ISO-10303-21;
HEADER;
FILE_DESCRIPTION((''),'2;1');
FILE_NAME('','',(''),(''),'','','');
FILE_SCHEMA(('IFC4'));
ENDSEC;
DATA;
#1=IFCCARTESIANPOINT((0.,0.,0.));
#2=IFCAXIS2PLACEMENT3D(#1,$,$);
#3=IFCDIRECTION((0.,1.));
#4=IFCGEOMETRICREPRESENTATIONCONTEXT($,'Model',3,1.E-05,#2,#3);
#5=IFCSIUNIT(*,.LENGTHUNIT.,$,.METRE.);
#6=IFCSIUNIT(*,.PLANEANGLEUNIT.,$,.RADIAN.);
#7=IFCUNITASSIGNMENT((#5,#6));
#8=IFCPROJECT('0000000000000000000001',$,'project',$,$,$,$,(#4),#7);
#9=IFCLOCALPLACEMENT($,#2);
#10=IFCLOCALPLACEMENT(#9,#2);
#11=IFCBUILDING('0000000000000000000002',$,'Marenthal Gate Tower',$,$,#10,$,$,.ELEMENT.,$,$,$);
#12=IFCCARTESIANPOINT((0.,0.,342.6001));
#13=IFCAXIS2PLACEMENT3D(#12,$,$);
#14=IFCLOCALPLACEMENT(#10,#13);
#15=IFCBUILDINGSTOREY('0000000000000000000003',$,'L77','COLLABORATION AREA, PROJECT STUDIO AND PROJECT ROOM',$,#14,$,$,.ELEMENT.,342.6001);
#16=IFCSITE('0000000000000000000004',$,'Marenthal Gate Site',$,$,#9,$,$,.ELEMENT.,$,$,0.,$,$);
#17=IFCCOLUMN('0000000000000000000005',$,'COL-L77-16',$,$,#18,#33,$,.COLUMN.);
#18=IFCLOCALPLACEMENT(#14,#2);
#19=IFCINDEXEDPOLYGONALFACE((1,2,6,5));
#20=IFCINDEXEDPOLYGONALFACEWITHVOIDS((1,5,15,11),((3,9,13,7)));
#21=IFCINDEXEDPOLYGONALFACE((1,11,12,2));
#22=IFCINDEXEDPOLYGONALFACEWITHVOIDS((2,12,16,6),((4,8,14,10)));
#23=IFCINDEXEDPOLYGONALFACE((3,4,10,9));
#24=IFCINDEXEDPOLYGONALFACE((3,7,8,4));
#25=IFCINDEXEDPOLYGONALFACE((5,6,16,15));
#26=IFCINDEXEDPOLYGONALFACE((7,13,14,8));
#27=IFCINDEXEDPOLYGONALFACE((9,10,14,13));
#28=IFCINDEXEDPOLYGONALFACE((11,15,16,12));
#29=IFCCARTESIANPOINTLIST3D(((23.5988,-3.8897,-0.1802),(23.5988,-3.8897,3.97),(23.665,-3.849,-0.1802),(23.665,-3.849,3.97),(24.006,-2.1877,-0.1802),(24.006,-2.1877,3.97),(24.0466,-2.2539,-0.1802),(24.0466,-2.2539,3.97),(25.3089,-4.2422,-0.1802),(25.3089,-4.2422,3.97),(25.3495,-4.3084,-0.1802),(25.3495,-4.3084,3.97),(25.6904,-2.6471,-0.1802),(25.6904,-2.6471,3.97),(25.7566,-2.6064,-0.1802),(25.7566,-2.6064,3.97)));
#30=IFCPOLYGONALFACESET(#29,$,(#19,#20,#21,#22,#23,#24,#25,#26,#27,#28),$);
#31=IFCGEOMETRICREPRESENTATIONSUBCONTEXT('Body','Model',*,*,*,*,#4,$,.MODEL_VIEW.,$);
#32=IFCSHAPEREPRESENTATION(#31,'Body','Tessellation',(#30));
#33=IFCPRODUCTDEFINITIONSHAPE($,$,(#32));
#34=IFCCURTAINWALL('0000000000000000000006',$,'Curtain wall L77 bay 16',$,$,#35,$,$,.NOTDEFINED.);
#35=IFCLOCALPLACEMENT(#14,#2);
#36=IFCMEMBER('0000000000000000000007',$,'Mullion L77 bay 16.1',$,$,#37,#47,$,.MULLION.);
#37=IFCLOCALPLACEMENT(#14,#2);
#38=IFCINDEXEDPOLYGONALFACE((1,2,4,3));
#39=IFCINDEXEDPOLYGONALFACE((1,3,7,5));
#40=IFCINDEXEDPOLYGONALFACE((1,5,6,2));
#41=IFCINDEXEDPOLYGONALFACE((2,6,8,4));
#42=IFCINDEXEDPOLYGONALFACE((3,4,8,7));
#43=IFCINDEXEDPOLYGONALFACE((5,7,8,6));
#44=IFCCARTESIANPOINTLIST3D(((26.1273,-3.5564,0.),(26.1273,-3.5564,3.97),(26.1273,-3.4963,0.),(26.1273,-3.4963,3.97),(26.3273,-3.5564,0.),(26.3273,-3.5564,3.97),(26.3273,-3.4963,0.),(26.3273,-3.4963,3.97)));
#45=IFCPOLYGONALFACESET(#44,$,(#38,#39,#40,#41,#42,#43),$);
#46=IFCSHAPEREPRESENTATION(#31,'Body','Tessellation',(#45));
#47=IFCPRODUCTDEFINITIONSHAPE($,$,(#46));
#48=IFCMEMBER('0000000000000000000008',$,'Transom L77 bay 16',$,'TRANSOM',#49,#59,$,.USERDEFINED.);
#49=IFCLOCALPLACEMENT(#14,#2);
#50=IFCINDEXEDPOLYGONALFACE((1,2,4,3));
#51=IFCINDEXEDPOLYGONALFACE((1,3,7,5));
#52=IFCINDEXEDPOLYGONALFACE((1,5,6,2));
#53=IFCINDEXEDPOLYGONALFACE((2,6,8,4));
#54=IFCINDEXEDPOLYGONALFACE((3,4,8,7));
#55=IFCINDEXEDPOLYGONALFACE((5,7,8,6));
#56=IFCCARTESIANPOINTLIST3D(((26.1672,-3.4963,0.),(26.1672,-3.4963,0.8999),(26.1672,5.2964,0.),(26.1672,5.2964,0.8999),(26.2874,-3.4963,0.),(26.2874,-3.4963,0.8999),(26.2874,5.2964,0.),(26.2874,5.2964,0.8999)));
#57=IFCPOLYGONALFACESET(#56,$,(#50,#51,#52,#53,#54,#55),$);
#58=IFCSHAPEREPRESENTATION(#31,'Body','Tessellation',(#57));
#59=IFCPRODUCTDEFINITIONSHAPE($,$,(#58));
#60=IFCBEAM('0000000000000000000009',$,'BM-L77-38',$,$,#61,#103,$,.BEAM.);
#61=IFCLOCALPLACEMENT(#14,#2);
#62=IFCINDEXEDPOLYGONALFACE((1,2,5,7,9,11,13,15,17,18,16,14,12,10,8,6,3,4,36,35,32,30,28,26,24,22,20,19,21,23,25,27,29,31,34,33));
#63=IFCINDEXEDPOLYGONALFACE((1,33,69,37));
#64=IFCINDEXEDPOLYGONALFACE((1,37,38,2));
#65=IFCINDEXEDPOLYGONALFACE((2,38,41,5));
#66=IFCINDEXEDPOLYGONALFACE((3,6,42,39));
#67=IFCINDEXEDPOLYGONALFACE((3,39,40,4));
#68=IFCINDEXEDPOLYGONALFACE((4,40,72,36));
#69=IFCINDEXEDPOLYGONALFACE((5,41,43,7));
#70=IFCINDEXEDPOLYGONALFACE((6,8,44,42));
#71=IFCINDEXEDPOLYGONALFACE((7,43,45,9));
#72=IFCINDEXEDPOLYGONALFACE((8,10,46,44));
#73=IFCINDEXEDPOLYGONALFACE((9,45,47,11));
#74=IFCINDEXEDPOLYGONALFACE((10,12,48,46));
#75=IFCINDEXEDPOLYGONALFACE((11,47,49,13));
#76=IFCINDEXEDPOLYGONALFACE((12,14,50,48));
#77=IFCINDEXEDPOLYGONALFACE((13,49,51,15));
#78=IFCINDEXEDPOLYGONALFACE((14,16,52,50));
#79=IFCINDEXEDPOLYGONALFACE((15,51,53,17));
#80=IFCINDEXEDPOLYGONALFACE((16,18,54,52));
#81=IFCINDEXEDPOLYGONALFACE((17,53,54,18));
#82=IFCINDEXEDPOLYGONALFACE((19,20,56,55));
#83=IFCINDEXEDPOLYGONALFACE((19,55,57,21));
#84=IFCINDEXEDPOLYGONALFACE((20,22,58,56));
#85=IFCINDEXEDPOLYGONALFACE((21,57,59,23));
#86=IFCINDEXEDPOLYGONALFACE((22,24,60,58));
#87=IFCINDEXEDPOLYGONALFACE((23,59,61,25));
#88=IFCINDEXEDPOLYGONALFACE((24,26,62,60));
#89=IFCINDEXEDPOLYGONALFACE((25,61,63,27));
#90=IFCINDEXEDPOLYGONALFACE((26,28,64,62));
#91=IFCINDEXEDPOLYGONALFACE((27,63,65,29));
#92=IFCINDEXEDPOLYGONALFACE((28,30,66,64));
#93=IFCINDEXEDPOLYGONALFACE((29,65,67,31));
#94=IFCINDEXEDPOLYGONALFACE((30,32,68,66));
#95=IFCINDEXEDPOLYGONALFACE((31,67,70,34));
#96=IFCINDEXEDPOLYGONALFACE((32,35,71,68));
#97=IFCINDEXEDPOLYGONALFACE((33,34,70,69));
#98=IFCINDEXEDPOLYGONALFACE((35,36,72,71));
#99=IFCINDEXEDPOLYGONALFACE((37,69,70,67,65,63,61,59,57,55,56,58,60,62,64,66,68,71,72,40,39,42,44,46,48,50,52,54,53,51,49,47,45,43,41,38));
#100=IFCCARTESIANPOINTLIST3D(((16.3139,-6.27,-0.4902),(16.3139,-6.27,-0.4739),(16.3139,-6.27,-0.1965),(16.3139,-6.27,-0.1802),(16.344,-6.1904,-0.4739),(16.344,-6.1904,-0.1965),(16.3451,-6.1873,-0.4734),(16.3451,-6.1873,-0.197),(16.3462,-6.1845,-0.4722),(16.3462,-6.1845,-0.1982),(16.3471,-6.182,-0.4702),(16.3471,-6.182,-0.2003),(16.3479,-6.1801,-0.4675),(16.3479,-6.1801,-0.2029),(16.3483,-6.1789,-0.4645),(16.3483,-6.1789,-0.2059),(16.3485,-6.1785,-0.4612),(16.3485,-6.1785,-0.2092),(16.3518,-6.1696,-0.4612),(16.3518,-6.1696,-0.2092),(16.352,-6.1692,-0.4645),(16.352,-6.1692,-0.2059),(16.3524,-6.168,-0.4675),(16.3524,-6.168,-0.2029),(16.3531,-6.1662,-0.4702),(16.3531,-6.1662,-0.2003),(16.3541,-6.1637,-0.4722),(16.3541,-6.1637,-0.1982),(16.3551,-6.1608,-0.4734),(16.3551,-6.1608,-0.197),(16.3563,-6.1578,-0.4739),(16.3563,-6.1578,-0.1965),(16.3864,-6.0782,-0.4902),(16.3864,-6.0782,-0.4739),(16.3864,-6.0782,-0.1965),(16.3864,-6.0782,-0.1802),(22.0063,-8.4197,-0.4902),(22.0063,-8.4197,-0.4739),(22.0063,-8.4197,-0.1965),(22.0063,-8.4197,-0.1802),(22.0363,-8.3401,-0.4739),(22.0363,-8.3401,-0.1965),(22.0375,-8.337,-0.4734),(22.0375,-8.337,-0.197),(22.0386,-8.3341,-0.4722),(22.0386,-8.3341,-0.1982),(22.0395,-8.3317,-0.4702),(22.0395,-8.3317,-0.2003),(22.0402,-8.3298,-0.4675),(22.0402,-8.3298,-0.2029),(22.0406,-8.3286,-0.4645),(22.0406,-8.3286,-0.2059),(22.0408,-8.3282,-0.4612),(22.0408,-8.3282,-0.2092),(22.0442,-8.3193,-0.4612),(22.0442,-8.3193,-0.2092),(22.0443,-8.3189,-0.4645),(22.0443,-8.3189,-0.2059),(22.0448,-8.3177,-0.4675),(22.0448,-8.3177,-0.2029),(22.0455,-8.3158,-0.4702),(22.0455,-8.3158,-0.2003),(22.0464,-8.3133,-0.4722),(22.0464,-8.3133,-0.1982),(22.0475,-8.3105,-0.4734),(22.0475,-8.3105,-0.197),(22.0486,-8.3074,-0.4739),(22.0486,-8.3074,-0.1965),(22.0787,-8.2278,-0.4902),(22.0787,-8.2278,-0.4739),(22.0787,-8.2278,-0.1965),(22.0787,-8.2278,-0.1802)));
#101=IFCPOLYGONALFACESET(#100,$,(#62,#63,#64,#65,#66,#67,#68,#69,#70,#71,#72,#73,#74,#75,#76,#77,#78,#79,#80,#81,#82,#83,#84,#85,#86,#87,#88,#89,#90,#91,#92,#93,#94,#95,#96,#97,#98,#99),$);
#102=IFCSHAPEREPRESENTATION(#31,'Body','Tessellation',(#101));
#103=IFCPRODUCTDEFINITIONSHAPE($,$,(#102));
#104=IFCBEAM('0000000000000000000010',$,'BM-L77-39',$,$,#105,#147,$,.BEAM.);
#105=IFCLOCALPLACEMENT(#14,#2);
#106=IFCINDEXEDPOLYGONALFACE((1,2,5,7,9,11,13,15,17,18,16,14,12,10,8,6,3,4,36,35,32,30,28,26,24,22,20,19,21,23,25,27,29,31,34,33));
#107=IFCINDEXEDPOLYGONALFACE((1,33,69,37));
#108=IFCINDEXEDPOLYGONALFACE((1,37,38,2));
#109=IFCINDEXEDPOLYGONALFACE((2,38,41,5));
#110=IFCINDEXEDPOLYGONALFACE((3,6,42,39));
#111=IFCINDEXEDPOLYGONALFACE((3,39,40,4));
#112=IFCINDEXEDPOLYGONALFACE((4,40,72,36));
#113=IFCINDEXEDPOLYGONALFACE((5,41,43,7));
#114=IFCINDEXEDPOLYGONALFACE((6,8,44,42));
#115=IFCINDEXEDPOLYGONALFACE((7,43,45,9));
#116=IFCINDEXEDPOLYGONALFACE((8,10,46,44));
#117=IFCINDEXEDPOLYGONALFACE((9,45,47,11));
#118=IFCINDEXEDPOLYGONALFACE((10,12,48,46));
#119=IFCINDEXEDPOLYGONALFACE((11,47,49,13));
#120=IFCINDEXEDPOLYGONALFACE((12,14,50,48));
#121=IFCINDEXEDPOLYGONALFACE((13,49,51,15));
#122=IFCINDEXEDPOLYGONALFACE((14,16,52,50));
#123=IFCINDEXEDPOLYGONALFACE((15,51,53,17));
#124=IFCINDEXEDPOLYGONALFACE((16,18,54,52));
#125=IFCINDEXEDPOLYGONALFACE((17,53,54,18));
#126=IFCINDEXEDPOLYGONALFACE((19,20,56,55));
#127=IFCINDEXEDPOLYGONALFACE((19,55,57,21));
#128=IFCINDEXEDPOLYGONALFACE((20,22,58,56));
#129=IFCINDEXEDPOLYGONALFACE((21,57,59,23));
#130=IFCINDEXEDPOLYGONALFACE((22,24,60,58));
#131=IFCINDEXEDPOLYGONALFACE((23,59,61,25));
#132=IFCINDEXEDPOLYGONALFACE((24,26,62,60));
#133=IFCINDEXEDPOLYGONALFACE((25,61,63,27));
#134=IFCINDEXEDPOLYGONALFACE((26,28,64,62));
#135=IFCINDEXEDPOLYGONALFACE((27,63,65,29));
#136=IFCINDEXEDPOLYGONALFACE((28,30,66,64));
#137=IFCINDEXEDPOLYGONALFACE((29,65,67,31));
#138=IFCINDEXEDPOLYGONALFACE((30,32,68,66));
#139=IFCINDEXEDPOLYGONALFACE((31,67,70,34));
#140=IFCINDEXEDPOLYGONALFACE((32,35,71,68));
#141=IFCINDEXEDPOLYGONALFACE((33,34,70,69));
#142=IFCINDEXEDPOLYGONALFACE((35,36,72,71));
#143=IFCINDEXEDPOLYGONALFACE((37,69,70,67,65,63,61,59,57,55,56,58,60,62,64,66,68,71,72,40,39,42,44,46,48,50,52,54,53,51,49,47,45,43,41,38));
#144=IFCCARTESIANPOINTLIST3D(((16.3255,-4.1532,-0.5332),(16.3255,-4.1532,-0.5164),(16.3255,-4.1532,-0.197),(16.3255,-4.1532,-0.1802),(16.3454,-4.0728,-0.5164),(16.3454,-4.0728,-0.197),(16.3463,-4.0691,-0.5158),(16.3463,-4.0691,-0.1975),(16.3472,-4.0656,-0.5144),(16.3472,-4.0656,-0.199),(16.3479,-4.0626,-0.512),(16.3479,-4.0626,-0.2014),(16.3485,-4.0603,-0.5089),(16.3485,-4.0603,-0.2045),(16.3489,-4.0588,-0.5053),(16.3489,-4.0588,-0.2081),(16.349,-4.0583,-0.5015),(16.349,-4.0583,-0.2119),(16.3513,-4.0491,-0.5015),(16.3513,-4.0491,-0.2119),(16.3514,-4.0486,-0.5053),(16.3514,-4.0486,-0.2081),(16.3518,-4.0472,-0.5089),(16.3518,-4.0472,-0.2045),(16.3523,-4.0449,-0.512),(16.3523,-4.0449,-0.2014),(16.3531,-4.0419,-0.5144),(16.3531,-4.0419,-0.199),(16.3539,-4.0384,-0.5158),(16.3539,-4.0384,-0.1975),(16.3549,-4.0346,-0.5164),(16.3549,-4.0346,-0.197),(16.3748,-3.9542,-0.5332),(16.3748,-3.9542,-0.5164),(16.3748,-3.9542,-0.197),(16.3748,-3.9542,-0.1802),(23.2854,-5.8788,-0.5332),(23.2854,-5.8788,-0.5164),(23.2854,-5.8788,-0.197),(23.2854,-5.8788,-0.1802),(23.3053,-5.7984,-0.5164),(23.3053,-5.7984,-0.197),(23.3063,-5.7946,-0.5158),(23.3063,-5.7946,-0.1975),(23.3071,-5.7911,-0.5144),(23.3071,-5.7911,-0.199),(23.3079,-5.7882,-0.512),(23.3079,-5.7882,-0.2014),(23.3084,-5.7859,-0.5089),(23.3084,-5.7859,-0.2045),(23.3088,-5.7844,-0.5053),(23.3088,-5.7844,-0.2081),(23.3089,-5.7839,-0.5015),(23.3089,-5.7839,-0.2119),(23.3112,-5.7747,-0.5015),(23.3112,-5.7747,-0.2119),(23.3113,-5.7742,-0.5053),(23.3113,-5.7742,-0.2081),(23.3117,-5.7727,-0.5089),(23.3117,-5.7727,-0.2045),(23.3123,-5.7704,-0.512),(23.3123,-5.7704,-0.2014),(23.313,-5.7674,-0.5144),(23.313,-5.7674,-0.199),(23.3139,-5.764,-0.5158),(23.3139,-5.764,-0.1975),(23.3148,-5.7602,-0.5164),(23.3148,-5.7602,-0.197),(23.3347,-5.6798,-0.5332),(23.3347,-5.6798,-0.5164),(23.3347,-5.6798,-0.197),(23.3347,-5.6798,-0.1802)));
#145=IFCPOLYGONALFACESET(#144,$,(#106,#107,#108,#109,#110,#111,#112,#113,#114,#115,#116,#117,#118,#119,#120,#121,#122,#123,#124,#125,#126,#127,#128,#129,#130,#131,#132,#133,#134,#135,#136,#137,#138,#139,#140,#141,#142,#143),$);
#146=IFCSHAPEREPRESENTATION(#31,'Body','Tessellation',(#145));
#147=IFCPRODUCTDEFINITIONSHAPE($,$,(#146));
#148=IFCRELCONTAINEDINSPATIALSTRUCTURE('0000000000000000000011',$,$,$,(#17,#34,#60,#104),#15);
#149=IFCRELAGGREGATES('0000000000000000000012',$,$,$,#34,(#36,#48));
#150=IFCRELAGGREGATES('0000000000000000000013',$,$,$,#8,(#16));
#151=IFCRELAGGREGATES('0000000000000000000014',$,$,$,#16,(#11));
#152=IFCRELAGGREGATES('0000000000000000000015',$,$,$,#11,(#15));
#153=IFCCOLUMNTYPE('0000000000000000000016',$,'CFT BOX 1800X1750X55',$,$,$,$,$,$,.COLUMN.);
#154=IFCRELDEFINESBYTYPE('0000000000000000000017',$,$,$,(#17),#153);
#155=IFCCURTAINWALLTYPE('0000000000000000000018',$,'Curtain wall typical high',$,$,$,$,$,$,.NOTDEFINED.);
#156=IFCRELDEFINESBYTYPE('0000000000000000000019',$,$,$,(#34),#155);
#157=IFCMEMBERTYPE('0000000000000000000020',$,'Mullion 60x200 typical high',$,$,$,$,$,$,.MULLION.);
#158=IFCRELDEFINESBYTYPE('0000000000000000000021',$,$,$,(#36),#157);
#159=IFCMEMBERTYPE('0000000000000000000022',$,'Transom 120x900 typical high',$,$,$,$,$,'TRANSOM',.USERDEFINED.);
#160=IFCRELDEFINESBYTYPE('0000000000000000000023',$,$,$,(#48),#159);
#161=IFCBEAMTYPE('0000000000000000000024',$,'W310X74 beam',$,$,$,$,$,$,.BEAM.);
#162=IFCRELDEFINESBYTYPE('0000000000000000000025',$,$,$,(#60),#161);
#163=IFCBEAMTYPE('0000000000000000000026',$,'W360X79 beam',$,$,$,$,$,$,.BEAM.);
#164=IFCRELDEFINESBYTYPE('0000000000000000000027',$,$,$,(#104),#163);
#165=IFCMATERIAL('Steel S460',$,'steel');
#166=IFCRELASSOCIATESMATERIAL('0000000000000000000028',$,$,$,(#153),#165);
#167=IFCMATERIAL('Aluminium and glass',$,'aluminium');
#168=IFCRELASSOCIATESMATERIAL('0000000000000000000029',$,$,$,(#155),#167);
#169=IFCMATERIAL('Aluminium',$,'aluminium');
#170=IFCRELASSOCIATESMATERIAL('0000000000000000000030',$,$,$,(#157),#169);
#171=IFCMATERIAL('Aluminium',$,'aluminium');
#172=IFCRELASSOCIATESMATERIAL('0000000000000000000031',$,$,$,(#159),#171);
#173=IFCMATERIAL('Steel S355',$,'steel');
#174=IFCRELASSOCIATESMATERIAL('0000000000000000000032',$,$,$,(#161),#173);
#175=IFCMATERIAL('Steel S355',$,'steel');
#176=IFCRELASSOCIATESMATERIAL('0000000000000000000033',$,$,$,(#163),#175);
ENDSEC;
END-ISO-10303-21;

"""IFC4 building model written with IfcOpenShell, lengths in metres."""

from ifc_helpers import new_model, si_unit, direction, frame, origin, origin_2d, place, context, subcontext, project, spatial, rectangle, hollow_rectangle, i_section, extrude, material, material_profile, profile_set, type_object, element, aggregate, save


model = new_model("IFC4")

# Units and contexts
model_context = context("Model", 3, precision=1e-05, world=origin(), true_north=direction((0.0, 1.0)))
body_context = subcontext(model_context, "Body", "Model", "MODEL_VIEW")
ifc_project = project(units=[si_unit("LENGTHUNIT", "METRE"), si_unit("PLANEANGLEUNIT", "RADIAN")], contexts=[model_context])

# Site, building, storey
site_placement = place(None, origin())
site = spatial("IfcSite", under=ifc_project, at=site_placement, Name="Marenthal Gate Site", CompositionType="ELEMENT", RefElevation=0.0)
building_placement = place(site_placement, origin())
building = spatial("IfcBuilding", under=site, at=building_placement, Name="Marenthal Gate Tower", CompositionType="ELEMENT")
storey_placement = place(building_placement, frame((0.0, 0.0, 342.6001)))
storey = spatial("IfcBuildingStorey", under=building, at=storey_placement, Name="L77", Description="COLLABORATION AREA, PROJECT STUDIO AND PROJECT ROOM", CompositionType="ELEMENT", Elevation=342.6001)

# Column
ifc_material_1 = material(Name="Steel S460", Category="steel")
ifc_material_profile_1 = material_profile(ifc_material_1, hollow_rectangle(XDim=1.75, YDim=1.8, WallThickness=0.0549, at=origin_2d()), Name="CFT BOX 1800X1750X55")
ifc_material_2 = material(Name="Concrete 70 MPa", Category="concrete")
ifc_material_profile_2 = material_profile(ifc_material_2, rectangle(XDim=1.6399, YDim=1.6899, at=origin_2d()), Name="CFT BOX 1800X1750X55 INFILL")
ifc_profile_set_1 = profile_set([ifc_material_profile_1, ifc_material_profile_2], Name="Steel S460 shell, Concrete 70 MPa infill")
column_type = type_object("IfcColumnType", Name="CFT BOX 1800X1750X55", PredefinedType="COLUMN", material=ifc_profile_set_1)
column_placement = place(storey_placement, frame((24.6777, -3.248, -0.1802), z_axis=(0.0, 0.0, 1.0), x_axis=(-0.232643, -0.972562, 0.0)))
element("IfcColumn", 1, at=column_placement, inside=storey, type_object=column_type, Name="COL-L77-16", PredefinedType="COLUMN", context=body_context, shape_type="SweptSolid", body=[
    extrude(hollow_rectangle(XDim=1.75, YDim=1.8, WallThickness=0.0549, at=origin_2d()), origin(), (0.0, 0.0, 1.0), 4.1501),
])

# Curtain wall, members
ifc_material_3 = material(Name="Aluminium and glass", Category="aluminium")
curtain_wall_type = type_object("IfcCurtainWallType", Name="Curtain wall typical high", PredefinedType="NOTDEFINED", material=ifc_material_3)
curtain_wall_placement = place(storey_placement, origin())
curtain_wall = element("IfcCurtainWall", 2, at=curtain_wall_placement, inside=storey, type_object=curtain_wall_type, Name="Curtain wall L77 bay 16", PredefinedType="NOTDEFINED")
ifc_material_4 = material(Name="Aluminium", Category="aluminium")
ifc_material_profile_3 = material_profile(ifc_material_4, rectangle(XDim=0.2, YDim=0.0601, at=origin_2d()), Name="60x200 aluminium mullion")
ifc_profile_set_2 = profile_set([ifc_material_profile_3], Name="Aluminium")
member_type_1 = type_object("IfcMemberType", Name="Mullion 60x200 typical high", PredefinedType="MULLION", material=ifc_profile_set_2)
member_1_placement = place(storey_placement, frame((26.2273, -3.5264, 0.0), z_axis=(0.0, 0.0, 1.0), x_axis=(-1.0, 0.0, 0.0)))
member_1 = element("IfcMember", 3, at=member_1_placement, type_object=member_type_1, Name="Mullion L77 bay 16.1", PredefinedType="MULLION", context=body_context, shape_type="SweptSolid", body=[
    extrude(rectangle(XDim=0.2, YDim=0.0601, at=origin_2d()), origin(), (0.0, 0.0, 1.0), 3.97),
])
ifc_material_5 = material(Name="Aluminium", Category="aluminium")
ifc_material_profile_4 = material_profile(ifc_material_5, rectangle(XDim=0.1201, YDim=0.8999, at=origin_2d()), Name="120x900 aluminium transom")
ifc_profile_set_3 = profile_set([ifc_material_profile_4], Name="Aluminium")
member_type_2 = type_object("IfcMemberType", Name="Transom 120x900 typical high", ElementType="TRANSOM", PredefinedType="USERDEFINED", material=ifc_profile_set_3)
member_2_placement = place(storey_placement, frame((26.2273, -3.4963, 0.45), z_axis=(0.0, 1.0, 0.0), x_axis=(-1.0, 0.0, 0.0)))
member_2 = element("IfcMember", 4, at=member_2_placement, type_object=member_type_2, Name="Transom L77 bay 16", ObjectType="TRANSOM", PredefinedType="USERDEFINED", context=body_context, shape_type="SweptSolid", body=[
    extrude(rectangle(XDim=0.1201, YDim=0.8999, at=origin_2d()), origin(), (0.0, 0.0, 1.0), 8.7927),
])

# Beams
ifc_material_6 = material(Name="Steel S355", Category="steel")
ifc_material_profile_5 = material_profile(ifc_material_6, i_section(OverallWidth=0.2051, OverallDepth=0.3101, WebThickness=0.0095, FlangeThickness=0.0164, FilletRadius=0.0127, at=origin_2d()), Name="W310X74")
ifc_profile_set_4 = profile_set([ifc_material_profile_5], Name="Steel S355")
beam_type_1 = type_object("IfcBeamType", Name="W310X74 beam", PredefinedType="BEAM", material=ifc_profile_set_4)
beam_1_placement = place(storey_placement, frame((22.0425, -8.3237, -0.3352), z_axis=(-0.935515, 0.353286, 0.0), x_axis=(-0.353286, -0.935515, 0.0)))
element("IfcBeam", 5, at=beam_1_placement, inside=storey, type_object=beam_type_1, Name="BM-L77-38", PredefinedType="BEAM", context=body_context, shape_type="SweptSolid", body=[
    extrude(i_section(OverallWidth=0.2051, OverallDepth=0.3101, WebThickness=0.0095, FlangeThickness=0.0164, FilletRadius=0.0127, at=origin_2d()), origin(), (0.0, 0.0, 1.0), 6.0847),
])
ifc_material_7 = material(Name="Steel S355", Category="steel")
ifc_material_profile_6 = material_profile(ifc_material_7, i_section(OverallWidth=0.2051, OverallDepth=0.353, WebThickness=0.0095, FlangeThickness=0.0168, FilletRadius=0.0149, at=origin_2d()), Name="W360X79")
ifc_profile_set_5 = profile_set([ifc_material_profile_6], Name="Steel S355")
beam_type_2 = type_object("IfcBeamType", Name="W360X79 beam", PredefinedType="BEAM", material=ifc_profile_set_5)
beam_2_placement = place(storey_placement, frame((23.3101, -5.7793, -0.3567), z_axis=(-0.970613, 0.240645, 0.0), x_axis=(-0.240645, -0.970613, 0.0)))
element("IfcBeam", 6, at=beam_2_placement, inside=storey, type_object=beam_type_2, Name="BM-L77-39", PredefinedType="BEAM", context=body_context, shape_type="SweptSolid", body=[
    extrude(i_section(OverallWidth=0.2051, OverallDepth=0.353, WebThickness=0.0095, FlangeThickness=0.0168, FilletRadius=0.0149, at=origin_2d()), origin(), (0.0, 0.0, 1.0), 7.1707),
])

aggregate(curtain_wall, [member_1, member_2])

save(model, "model.ifc")
